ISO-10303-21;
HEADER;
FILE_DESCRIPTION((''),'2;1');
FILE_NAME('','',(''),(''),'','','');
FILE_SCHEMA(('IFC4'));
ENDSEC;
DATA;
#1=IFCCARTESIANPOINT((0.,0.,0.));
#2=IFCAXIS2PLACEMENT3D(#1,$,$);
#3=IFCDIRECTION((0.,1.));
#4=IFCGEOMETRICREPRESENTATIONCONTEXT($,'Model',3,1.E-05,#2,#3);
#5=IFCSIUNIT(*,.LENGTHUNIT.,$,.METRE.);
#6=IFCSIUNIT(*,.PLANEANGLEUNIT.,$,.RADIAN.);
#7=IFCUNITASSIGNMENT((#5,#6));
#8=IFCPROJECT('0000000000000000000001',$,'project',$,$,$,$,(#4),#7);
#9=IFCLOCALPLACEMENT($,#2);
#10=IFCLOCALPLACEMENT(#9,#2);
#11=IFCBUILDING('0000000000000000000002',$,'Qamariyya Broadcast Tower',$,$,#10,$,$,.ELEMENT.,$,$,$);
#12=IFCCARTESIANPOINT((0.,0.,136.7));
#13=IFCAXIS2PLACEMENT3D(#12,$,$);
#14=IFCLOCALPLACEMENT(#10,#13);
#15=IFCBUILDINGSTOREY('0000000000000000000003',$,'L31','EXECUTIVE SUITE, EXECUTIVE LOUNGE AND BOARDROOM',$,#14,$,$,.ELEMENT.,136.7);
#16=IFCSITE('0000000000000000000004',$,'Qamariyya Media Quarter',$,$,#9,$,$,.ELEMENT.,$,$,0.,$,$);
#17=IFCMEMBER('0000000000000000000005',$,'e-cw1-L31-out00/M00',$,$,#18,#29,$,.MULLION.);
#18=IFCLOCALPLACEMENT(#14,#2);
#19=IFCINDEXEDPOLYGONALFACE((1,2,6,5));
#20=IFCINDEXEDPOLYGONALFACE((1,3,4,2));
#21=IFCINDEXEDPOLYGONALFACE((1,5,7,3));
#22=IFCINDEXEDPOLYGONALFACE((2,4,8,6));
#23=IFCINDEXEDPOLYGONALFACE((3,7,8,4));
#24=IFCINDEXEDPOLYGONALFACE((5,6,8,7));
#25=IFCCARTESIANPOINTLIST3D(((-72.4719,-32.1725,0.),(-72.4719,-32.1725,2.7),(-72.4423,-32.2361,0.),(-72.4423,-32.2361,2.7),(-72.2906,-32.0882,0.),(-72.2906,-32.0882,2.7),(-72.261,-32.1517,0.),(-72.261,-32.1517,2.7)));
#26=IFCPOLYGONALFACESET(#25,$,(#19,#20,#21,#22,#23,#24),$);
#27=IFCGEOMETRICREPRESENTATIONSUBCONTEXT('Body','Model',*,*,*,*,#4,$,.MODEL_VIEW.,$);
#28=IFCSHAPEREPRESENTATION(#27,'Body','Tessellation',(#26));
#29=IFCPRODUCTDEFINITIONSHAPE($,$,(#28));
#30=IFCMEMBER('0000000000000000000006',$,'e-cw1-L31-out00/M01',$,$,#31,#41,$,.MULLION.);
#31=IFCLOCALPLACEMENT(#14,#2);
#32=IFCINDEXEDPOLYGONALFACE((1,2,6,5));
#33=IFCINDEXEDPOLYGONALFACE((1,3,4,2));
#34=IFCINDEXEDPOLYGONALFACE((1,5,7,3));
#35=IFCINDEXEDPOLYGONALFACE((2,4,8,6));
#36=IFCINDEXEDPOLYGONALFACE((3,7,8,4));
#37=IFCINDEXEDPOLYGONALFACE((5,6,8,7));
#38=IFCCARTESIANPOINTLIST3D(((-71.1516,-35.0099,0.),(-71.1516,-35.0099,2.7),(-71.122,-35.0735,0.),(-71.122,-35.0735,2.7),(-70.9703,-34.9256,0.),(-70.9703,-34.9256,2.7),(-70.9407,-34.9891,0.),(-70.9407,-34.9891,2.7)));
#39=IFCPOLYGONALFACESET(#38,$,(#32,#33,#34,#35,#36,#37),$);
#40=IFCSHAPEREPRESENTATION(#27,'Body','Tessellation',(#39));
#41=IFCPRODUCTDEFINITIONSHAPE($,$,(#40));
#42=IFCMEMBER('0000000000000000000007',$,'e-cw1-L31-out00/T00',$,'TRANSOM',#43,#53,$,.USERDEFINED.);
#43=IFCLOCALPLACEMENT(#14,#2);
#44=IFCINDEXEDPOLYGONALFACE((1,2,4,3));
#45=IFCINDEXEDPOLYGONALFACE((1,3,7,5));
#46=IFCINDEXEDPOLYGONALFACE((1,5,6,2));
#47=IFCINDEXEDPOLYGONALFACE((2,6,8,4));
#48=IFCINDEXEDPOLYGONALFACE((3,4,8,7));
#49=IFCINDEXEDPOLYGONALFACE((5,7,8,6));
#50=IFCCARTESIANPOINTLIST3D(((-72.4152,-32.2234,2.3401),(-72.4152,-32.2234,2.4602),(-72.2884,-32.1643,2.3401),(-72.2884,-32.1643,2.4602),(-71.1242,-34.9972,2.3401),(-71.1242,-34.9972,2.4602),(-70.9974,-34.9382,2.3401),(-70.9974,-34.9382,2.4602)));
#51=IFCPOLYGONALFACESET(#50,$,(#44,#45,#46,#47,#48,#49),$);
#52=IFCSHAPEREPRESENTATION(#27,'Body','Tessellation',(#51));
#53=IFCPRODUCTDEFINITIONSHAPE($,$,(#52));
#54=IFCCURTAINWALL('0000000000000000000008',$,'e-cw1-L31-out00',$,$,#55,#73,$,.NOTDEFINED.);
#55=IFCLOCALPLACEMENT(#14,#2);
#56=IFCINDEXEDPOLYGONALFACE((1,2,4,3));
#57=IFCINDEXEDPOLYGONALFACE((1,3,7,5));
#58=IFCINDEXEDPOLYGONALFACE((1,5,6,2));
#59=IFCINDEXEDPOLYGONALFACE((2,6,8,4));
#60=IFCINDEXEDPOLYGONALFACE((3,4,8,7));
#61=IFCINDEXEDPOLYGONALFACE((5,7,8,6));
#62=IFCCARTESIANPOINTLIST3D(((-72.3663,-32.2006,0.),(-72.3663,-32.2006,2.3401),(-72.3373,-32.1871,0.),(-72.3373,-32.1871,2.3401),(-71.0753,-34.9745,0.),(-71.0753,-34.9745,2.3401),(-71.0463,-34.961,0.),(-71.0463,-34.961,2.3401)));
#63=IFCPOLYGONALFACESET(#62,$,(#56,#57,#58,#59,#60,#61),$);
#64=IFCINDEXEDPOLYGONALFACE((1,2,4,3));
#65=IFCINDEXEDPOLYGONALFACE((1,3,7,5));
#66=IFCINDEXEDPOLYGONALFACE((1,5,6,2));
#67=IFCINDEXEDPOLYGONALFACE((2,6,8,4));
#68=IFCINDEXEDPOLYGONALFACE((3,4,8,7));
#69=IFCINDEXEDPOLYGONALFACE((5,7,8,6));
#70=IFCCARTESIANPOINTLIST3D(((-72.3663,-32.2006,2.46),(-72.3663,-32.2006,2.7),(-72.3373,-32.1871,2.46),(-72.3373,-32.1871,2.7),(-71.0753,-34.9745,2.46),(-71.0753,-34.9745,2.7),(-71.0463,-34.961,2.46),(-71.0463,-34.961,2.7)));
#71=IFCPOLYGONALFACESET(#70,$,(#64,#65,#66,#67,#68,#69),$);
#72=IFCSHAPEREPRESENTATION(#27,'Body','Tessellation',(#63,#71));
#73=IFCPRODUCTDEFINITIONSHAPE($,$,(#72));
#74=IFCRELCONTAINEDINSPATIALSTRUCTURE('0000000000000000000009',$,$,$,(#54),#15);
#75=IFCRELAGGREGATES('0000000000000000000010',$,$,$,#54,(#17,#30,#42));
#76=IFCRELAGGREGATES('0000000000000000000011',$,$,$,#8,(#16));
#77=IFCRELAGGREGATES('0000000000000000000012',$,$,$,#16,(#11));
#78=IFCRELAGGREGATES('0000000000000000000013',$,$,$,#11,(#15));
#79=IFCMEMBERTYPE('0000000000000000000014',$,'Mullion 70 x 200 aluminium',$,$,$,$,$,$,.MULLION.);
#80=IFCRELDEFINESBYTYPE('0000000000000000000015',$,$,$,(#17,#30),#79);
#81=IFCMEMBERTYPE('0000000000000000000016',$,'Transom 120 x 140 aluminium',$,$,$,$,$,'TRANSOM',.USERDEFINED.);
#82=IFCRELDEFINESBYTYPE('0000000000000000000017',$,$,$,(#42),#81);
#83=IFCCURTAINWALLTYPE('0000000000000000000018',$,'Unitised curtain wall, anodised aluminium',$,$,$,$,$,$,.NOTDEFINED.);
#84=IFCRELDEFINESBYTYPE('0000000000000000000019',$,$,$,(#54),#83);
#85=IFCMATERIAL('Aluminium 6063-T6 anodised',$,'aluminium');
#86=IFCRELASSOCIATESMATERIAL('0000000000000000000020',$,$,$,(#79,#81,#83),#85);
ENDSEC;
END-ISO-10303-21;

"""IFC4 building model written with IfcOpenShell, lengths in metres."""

from ifc_helpers import new_model, si_unit, direction, frame, origin, origin_2d, place, context, subcontext, project, spatial, rectangle, extrude, material, material_profile, profile_set, type_object, element, aggregate, save


model = new_model("IFC4")

# Units and contexts
model_context = context("Model", 3, precision=1e-05, world=origin(), true_north=direction((0.0, 1.0)))
body_context = subcontext(model_context, "Body", "Model", "MODEL_VIEW")
ifc_project = project(units=[si_unit("LENGTHUNIT", "METRE"), si_unit("PLANEANGLEUNIT", "RADIAN")], contexts=[model_context])

# Members
ifc_material_1 = material(Name="Aluminium 6063-T6 anodised", Category="aluminium")
ifc_material_profile_1 = material_profile(ifc_material_1, rectangle(XDim=0.2, YDim=0.0701, at=origin_2d()))
ifc_profile_set_1 = profile_set([ifc_material_profile_1], Name="Aluminium 6063-T6 anodised")
member_type_1 = type_object("IfcMemberType", Name="Mullion 70 x 200 aluminium", PredefinedType="MULLION", material=ifc_profile_set_1)
site_placement = place(None, origin())
building_placement = place(site_placement, origin())
storey_placement = place(building_placement, frame((0.0, 0.0, 136.7)))
member_1_placement = place(storey_placement, frame((-72.3665, -32.1621, 0.0), z_axis=(0.0, 0.0, 1.0), x_axis=(0.90664, 0.421904, 0.0)))
member_1 = element("IfcMember", 1, at=member_1_placement, type_object=member_type_1, Name="e-cw1-L31-out00/M00", PredefinedType="MULLION", context=body_context, shape_type="SweptSolid", body=[
    extrude(rectangle(XDim=0.2, YDim=0.0701, at=origin_2d()), origin(), (0.0, 0.0, 1.0), 2.7),
])
member_2_placement = place(storey_placement, frame((-71.0461, -34.9995, 0.0), z_axis=(0.0, 0.0, 1.0), x_axis=(0.90664, 0.421904, 0.0)))
member_2 = element("IfcMember", 2, at=member_2_placement, type_object=member_type_1, Name="e-cw1-L31-out00/M01", PredefinedType="MULLION", context=body_context, shape_type="SweptSolid", body=[
    extrude(rectangle(XDim=0.2, YDim=0.0701, at=origin_2d()), origin(), (0.0, 0.0, 1.0), 2.7),
])

# Site, building, storey
site = spatial("IfcSite", under=ifc_project, at=site_placement, Name="Qamariyya Media Quarter", CompositionType="ELEMENT", RefElevation=0.0)
building = spatial("IfcBuilding", under=site, at=building_placement, Name="Qamariyya Broadcast Tower", CompositionType="ELEMENT")
storey = spatial("IfcBuildingStorey", under=building, at=storey_placement, Name="L31", Description="EXECUTIVE SUITE, EXECUTIVE LOUNGE AND BOARDROOM", CompositionType="ELEMENT", Elevation=136.7)

# Member
ifc_material_profile_2 = material_profile(ifc_material_1, rectangle(XDim=0.1399, YDim=0.1201, at=origin_2d()))
ifc_profile_set_2 = profile_set([ifc_material_profile_2], Name="Aluminium 6063-T6 anodised")
member_type_2 = type_object("IfcMemberType", Name="Transom 120 x 140 aluminium", ElementType="TRANSOM", PredefinedType="USERDEFINED", material=ifc_profile_set_2)
member_3_placement = place(storey_placement, frame((-72.3518, -32.1938, 2.4001), z_axis=(0.42195, -0.906619, 0.0), x_axis=(0.906619, 0.42195, 0.0)))
member_3 = element("IfcMember", 3, at=member_3_placement, type_object=member_type_2, Name="e-cw1-L31-out00/T00", ObjectType="TRANSOM", PredefinedType="USERDEFINED", context=body_context, shape_type="SweptSolid", body=[
    extrude(rectangle(XDim=0.1399, YDim=0.1201, at=origin_2d()), origin(), (0.0, 0.0, 1.0), 3.0596),
])

# Curtain wall
curtain_wall_type = type_object("IfcCurtainWallType", Name="Unitised curtain wall, anodised aluminium", PredefinedType="NOTDEFINED", material=ifc_material_1)
curtain_wall_1_placement = place(storey_placement, origin())
curtain_wall_1 = element("IfcCurtainWall", 4, at=curtain_wall_1_placement, inside=storey, type_object=curtain_wall_type, Name="e-cw1-L31-out00", PredefinedType="NOTDEFINED", context=body_context, shape_type="SweptSolid", body=[
    extrude(rectangle(XDim=3.0596, YDim=0.032, at=origin_2d()), frame((-71.7063, -33.5808, 0.0), x_axis=(0.42195, -0.906619, 0.0)), (0.0, 0.0, 1.0), 2.3401),
    extrude(rectangle(XDim=3.0596, YDim=0.032, at=origin_2d()), frame((-71.7063, -33.5808, 2.46), x_axis=(0.42195, -0.906619, 0.0)), (0.0, 0.0, 1.0), 0.24),
])
aggregate(curtain_wall_1, [member_1, member_2, member_3])

save(model, "model.ifc")
